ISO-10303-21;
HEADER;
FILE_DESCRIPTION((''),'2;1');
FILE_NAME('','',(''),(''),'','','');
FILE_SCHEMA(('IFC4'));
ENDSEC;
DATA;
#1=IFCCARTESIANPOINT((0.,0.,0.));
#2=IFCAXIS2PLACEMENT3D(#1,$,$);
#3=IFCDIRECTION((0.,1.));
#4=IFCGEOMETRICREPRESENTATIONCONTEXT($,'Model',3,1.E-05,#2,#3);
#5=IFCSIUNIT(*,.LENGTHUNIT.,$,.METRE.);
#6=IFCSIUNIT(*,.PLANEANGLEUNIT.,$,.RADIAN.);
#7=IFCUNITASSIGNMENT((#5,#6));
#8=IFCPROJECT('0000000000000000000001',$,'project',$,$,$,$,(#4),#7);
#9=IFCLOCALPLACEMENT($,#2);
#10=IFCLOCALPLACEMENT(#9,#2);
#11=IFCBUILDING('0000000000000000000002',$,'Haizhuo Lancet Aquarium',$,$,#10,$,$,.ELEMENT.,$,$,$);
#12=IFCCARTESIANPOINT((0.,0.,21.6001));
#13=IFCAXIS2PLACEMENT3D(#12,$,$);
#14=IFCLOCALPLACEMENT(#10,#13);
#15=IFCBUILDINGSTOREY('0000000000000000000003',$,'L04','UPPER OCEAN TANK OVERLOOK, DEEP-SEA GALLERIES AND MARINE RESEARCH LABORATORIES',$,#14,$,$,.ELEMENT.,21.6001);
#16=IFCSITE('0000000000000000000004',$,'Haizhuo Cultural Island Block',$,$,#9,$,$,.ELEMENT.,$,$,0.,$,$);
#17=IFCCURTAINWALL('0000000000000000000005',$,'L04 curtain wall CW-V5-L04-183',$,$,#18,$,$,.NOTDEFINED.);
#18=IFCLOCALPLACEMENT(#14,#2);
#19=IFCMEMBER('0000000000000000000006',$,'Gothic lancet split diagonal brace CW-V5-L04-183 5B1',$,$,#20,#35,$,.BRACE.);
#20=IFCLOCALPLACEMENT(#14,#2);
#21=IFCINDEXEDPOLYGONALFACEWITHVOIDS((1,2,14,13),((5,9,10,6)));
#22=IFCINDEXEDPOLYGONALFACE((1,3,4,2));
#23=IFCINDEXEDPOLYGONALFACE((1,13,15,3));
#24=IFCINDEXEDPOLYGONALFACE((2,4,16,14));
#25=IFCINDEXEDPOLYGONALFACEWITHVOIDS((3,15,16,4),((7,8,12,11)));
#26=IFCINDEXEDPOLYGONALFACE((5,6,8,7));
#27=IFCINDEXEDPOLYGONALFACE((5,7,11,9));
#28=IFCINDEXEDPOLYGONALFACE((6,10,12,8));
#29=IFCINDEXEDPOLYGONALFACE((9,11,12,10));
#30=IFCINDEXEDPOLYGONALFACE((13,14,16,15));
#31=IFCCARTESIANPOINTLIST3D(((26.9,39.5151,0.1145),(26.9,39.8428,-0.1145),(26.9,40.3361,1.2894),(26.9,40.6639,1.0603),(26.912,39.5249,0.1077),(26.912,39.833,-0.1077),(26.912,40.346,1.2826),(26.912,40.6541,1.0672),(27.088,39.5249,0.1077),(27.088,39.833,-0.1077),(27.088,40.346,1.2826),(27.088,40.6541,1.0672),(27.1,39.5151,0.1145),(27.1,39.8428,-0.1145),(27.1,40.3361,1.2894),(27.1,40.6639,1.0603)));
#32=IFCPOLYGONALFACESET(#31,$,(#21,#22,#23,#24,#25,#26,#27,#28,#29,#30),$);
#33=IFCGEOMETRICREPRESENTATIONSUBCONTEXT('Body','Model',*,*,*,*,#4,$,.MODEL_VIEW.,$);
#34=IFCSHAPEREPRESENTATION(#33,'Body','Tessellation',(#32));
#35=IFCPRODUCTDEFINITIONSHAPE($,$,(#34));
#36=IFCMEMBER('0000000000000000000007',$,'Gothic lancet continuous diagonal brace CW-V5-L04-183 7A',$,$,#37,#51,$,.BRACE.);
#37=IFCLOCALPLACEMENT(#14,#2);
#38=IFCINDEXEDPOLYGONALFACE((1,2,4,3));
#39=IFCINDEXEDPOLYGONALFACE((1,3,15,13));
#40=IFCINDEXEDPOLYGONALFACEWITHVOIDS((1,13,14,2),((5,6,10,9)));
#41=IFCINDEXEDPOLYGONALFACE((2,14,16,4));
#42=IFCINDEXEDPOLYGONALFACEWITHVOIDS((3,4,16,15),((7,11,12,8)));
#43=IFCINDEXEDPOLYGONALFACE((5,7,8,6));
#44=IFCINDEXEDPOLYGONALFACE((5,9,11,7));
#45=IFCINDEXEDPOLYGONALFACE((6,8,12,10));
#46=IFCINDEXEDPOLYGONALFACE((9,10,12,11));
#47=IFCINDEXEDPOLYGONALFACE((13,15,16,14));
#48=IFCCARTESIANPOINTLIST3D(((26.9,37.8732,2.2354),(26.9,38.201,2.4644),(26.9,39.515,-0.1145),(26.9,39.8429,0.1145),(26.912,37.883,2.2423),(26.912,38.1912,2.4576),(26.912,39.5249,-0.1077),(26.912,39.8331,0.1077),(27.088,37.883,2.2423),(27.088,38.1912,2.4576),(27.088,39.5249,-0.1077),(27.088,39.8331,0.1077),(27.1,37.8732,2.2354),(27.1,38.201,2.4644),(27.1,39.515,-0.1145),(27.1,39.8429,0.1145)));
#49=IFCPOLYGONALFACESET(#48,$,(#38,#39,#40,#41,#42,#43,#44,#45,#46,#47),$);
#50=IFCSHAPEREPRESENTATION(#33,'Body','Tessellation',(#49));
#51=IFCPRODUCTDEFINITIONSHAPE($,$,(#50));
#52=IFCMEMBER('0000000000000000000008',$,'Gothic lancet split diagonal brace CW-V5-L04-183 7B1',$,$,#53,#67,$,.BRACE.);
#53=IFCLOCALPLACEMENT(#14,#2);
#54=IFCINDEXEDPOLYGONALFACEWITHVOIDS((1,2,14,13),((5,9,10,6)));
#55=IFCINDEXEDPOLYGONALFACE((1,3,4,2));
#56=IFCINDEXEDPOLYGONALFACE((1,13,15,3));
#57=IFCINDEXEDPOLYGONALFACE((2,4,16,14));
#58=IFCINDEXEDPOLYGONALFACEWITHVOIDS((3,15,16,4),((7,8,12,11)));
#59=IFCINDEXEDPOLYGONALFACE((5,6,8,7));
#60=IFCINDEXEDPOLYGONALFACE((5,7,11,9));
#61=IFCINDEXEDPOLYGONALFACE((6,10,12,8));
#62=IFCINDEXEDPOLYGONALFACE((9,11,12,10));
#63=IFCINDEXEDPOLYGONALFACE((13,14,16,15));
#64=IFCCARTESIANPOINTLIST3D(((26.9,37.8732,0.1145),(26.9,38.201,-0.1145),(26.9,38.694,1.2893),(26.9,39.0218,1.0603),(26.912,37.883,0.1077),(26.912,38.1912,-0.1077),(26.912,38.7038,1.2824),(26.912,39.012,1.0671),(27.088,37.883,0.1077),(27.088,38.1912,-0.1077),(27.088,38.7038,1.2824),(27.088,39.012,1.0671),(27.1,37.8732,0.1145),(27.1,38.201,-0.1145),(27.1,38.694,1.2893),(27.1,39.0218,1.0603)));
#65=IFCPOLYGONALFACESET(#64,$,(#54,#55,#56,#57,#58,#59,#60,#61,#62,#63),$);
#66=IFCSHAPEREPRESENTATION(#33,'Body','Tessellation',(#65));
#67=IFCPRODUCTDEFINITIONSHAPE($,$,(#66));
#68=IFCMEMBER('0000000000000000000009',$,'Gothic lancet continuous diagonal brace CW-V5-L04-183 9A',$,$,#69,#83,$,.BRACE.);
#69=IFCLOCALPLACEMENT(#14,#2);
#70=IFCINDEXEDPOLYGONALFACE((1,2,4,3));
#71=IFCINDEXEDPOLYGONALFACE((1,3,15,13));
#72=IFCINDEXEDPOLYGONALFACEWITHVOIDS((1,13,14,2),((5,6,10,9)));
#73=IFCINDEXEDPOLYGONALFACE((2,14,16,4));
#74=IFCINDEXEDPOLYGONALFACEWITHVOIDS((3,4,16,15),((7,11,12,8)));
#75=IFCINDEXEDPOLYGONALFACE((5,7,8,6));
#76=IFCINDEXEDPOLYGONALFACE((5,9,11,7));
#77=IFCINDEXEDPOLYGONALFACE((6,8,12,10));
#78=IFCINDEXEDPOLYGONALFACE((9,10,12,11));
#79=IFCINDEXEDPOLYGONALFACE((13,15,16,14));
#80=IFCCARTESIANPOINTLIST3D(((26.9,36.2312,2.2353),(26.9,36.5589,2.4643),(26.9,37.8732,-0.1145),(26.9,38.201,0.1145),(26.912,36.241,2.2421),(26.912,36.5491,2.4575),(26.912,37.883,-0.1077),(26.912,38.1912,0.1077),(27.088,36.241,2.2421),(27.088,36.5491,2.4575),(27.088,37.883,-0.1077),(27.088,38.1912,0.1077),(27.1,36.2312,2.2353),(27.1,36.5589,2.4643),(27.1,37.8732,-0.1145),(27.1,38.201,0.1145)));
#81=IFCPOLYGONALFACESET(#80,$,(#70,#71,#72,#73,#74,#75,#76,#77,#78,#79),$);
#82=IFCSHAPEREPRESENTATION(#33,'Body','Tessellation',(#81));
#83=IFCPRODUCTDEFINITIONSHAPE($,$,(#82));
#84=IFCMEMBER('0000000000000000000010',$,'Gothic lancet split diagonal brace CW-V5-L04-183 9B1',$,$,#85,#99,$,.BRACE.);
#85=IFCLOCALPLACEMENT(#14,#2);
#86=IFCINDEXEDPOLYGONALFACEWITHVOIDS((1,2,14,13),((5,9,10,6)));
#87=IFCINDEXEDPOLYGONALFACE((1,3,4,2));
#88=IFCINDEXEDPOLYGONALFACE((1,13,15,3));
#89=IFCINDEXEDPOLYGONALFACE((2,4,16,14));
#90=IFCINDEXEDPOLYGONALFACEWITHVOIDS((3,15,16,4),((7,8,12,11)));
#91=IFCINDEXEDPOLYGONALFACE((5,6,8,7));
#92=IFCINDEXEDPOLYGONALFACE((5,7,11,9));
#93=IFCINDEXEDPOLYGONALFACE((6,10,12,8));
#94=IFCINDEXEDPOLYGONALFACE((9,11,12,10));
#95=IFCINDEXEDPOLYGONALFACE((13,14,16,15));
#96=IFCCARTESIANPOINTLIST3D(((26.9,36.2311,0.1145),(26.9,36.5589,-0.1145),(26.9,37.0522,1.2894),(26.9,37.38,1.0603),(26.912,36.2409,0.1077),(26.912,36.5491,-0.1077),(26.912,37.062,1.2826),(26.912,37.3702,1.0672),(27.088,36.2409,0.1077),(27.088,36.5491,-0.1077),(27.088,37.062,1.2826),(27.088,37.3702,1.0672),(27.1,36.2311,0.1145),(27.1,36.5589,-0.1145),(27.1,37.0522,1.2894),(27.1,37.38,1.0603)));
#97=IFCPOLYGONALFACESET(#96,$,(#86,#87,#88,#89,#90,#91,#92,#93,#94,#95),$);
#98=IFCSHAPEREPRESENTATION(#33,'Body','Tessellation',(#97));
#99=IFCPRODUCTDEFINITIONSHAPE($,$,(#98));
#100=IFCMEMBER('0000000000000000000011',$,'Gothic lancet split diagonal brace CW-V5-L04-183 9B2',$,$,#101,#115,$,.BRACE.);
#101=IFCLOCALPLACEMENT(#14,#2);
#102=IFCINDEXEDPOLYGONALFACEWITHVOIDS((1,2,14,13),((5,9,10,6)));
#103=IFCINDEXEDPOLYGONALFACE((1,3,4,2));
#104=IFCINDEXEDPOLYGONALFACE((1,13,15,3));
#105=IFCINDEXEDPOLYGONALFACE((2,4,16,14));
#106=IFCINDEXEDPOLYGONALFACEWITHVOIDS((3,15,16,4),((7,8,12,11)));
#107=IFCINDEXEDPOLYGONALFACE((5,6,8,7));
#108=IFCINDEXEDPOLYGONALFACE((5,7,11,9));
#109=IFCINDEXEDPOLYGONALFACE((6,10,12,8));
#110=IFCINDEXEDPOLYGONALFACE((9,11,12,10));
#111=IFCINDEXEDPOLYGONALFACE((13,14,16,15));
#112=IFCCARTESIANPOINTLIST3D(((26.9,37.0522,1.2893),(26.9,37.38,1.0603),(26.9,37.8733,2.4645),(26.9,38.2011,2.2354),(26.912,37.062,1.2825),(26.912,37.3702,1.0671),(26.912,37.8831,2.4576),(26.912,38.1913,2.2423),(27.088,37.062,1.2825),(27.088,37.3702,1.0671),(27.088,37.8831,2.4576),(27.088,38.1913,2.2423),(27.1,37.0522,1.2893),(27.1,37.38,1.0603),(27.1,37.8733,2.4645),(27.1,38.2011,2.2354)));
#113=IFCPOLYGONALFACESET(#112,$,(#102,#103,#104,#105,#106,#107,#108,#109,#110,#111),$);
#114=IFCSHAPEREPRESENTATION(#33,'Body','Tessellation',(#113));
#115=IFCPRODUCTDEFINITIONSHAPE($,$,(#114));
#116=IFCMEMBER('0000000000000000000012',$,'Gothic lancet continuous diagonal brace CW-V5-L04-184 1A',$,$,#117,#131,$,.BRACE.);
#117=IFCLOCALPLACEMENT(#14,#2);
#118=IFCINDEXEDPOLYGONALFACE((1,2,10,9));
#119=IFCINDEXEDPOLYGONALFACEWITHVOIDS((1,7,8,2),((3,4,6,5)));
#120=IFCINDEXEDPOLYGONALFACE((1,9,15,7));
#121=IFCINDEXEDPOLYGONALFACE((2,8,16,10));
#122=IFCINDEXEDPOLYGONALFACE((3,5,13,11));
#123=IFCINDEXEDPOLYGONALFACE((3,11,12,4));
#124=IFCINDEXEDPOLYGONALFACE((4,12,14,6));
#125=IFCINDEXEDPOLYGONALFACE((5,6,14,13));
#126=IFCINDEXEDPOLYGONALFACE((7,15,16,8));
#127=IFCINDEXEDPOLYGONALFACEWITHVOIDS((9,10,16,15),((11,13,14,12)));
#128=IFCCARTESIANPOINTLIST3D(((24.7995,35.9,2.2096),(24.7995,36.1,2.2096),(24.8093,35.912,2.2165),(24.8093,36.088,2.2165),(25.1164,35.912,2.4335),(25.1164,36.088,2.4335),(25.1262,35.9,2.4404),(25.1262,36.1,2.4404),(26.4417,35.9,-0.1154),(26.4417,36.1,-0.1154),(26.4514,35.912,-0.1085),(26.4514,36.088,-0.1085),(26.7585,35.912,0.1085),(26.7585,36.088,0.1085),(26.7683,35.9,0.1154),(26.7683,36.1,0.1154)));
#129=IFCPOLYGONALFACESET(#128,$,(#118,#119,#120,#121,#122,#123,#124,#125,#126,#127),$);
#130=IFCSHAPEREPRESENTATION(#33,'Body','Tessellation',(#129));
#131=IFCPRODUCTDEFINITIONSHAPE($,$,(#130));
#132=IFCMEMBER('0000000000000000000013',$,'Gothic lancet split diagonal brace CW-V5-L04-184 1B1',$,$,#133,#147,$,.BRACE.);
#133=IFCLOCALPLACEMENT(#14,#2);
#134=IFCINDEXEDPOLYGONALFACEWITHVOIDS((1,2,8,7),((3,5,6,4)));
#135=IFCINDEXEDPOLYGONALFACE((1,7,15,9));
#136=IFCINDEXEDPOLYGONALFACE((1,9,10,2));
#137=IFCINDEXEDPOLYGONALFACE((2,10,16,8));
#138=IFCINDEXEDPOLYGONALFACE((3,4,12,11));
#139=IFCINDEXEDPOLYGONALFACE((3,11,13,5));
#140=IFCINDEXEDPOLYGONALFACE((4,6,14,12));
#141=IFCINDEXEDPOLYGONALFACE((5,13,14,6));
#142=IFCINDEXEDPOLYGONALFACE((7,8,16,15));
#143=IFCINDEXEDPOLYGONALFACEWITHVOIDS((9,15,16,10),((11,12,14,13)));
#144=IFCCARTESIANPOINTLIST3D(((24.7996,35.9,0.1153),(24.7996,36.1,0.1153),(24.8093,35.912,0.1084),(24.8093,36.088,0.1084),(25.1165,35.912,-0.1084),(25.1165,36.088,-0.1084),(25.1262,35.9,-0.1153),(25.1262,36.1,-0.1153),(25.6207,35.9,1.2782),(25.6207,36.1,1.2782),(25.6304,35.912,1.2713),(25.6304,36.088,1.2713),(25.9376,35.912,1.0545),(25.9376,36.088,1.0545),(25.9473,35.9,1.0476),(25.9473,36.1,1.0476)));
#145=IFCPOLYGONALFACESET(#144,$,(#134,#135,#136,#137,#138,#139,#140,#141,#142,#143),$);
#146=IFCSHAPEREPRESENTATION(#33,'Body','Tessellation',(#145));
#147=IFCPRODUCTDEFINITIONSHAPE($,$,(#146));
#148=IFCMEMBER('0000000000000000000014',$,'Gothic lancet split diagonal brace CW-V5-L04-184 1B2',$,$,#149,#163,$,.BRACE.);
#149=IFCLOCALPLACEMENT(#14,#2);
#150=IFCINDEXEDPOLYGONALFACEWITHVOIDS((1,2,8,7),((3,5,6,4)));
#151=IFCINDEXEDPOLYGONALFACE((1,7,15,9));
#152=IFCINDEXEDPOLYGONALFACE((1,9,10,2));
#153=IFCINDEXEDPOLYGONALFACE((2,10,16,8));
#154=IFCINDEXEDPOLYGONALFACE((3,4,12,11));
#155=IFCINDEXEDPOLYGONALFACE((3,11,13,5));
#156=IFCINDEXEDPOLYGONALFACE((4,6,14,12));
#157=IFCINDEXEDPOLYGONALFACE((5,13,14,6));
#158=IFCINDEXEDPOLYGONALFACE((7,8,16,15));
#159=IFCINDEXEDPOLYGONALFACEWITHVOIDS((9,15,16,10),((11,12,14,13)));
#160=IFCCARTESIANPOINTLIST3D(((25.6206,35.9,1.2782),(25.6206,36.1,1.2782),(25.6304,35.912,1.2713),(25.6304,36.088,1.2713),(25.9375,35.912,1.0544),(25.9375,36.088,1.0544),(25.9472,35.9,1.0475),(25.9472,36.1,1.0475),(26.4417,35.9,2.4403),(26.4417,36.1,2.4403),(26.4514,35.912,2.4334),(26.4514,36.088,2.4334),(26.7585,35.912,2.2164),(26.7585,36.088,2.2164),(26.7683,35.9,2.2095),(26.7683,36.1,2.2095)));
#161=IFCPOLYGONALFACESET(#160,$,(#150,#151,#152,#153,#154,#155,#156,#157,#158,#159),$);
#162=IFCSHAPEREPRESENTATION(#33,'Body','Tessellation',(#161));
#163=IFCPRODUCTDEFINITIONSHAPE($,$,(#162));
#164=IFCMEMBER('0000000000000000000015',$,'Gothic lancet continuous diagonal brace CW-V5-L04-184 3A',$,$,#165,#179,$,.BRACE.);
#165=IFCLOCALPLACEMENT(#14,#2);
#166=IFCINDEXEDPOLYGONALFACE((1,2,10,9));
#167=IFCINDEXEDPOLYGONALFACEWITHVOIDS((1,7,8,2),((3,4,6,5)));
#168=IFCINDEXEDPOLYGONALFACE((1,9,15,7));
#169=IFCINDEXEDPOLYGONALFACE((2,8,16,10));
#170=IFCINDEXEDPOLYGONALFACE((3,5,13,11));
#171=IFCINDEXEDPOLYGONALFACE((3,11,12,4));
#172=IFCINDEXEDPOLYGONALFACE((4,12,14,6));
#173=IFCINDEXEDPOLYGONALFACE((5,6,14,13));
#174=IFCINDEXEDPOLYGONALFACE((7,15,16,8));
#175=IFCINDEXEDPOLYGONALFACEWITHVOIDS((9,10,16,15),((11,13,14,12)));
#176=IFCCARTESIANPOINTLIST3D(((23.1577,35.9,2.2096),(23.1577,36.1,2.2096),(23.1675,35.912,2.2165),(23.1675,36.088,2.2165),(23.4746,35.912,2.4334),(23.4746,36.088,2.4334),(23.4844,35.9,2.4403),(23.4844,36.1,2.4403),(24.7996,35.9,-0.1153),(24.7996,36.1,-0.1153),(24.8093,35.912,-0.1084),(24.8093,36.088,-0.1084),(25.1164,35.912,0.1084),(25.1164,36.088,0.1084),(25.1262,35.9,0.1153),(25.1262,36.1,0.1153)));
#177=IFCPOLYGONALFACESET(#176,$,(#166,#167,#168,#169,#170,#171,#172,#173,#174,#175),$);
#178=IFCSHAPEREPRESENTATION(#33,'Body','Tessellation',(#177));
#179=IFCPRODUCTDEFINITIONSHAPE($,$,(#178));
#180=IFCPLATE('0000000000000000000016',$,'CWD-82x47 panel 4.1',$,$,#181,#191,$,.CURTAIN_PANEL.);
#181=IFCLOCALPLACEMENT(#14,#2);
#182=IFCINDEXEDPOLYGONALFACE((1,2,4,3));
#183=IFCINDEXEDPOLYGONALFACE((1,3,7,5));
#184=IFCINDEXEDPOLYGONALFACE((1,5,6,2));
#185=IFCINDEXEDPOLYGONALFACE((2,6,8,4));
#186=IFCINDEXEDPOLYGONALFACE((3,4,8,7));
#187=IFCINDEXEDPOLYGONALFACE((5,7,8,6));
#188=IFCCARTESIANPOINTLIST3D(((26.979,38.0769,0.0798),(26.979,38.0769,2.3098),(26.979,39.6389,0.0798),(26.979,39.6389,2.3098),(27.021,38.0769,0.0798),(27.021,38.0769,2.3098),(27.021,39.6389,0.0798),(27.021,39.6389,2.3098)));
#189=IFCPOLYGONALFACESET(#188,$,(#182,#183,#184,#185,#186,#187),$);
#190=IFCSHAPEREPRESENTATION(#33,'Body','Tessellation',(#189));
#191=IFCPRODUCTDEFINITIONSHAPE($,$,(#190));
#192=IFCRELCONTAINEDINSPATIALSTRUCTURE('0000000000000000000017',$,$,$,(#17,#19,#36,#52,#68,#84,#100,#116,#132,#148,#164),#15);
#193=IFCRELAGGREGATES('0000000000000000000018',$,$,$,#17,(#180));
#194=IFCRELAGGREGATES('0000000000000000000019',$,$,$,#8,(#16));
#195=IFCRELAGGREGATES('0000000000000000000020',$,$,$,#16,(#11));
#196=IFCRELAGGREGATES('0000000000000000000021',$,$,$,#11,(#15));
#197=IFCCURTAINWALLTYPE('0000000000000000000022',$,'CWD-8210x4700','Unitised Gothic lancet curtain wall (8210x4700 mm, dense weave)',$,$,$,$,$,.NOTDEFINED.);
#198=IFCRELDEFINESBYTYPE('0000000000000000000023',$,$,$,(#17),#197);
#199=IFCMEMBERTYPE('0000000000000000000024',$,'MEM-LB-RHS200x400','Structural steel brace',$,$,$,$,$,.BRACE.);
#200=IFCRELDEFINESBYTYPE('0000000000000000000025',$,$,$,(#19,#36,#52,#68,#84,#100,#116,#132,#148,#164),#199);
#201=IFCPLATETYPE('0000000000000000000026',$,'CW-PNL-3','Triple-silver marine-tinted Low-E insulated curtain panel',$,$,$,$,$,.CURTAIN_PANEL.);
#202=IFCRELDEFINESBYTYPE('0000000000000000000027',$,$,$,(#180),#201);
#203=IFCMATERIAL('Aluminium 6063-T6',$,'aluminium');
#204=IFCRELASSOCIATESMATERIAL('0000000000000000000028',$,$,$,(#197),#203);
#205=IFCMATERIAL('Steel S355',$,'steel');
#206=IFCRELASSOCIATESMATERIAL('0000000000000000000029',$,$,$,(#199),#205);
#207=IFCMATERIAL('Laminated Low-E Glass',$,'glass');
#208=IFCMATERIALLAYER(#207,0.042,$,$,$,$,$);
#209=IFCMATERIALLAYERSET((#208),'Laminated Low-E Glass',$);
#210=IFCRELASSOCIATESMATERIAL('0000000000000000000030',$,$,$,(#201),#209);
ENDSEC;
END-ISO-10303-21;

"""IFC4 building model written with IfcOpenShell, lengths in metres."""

from ifc_helpers import new_model, si_unit, direction, frame, origin, origin_2d, place, context, subcontext, project, spatial, rectangle, hollow_rectangle, extrude, material, layer, layer_set, material_profile, profile_set, type_object, element, aggregate, save


model = new_model("IFC4")

# Units and contexts
model_context = context("Model", 3, precision=1e-05, world=origin(), true_north=direction((0.0, 1.0)))
body_context = subcontext(model_context, "Body", "Model", "MODEL_VIEW")
ifc_project = project(units=[si_unit("LENGTHUNIT", "METRE"), si_unit("PLANEANGLEUNIT", "RADIAN")], contexts=[model_context])

# Site, building, storey
site_placement = place(None, origin())
site = spatial("IfcSite", under=ifc_project, at=site_placement, Name="Haizhuo Cultural Island Block", CompositionType="ELEMENT", RefElevation=0.0)
building_placement = place(site_placement, origin())
building = spatial("IfcBuilding", under=site, at=building_placement, Name="Haizhuo Lancet Aquarium", CompositionType="ELEMENT")
storey_placement = place(building_placement, frame((0.0, 0.0, 21.6001)))
storey = spatial("IfcBuildingStorey", under=building, at=storey_placement, Name="L04", Description="UPPER OCEAN TANK OVERLOOK, DEEP-SEA GALLERIES AND MARINE RESEARCH LABORATORIES", CompositionType="ELEMENT", Elevation=21.6001)

# Curtain wall
ifc_material_1 = material(Name="Aluminium 6063-T6", Category="aluminium")
curtain_wall_type_1 = type_object("IfcCurtainWallType", Name="CWD-8210x4700", Description="Unitised Gothic lancet curtain wall (8210x4700 mm, dense weave)", PredefinedType="NOTDEFINED", material=ifc_material_1)
curtain_wall_1_placement = place(storey_placement, origin())
curtain_wall_1 = element("IfcCurtainWall", 1, at=curtain_wall_1_placement, inside=storey, type_object=curtain_wall_type_1, Name="L04 curtain wall CW-V5-L04-183", PredefinedType="NOTDEFINED")

# Members
ifc_material_2 = material(Name="Steel S355", Category="steel")
ifc_material_profile_1 = material_profile(ifc_material_2, hollow_rectangle(XDim=0.2, YDim=0.3999, WallThickness=0.012, at=origin_2d()), Name="RHS 200x400x12")
ifc_profile_set_1 = profile_set([ifc_material_profile_1], Name="Steel S355")
member_type_1 = type_object("IfcMemberType", Name="MEM-LB-RHS200x400", Description="Structural steel brace", PredefinedType="BRACE", material=ifc_profile_set_1)
member_1_placement = place(storey_placement, frame((27.0, 39.679, 0.0), z_axis=(0.0, 0.572845, 0.819664), x_axis=(-1.0, 0.0, 0.0)))
element("IfcMember", 2, at=member_1_placement, inside=storey, type_object=member_type_1, Name="Gothic lancet split diagonal brace CW-V5-L04-183 5B1", PredefinedType="BRACE", context=body_context, shape_type="SweptSolid", body=[
    extrude(hollow_rectangle(XDim=0.2, YDim=0.3999, WallThickness=0.012, at=origin_2d()), origin(), (0.0, 0.0, 1.0), 1.4333),
])
member_2_placement = place(storey_placement, frame((27.0, 39.679, 0.0), z_axis=(0.0, -0.572748, 0.819732), x_axis=(1.0, 0.0, 0.0)))
element("IfcMember", 3, at=member_2_placement, inside=storey, type_object=member_type_1, Name="Gothic lancet continuous diagonal brace CW-V5-L04-183 7A", PredefinedType="BRACE", context=body_context, shape_type="SweptSolid", body=[
    extrude(hollow_rectangle(XDim=0.2, YDim=0.3999, WallThickness=0.012, at=origin_2d()), origin(), (0.0, 0.0, 1.0), 2.8667),
])
member_3_placement = place(storey_placement, frame((27.0, 38.0371, 0.0), z_axis=(0.0, 0.57273, 0.819744), x_axis=(-1.0, 0.0, 0.0)))
element("IfcMember", 4, at=member_3_placement, inside=storey, type_object=member_type_1, Name="Gothic lancet split diagonal brace CW-V5-L04-183 7B1", PredefinedType="BRACE", context=body_context, shape_type="SweptSolid", body=[
    extrude(hollow_rectangle(XDim=0.2, YDim=0.3999, WallThickness=0.012, at=origin_2d()), origin(), (0.0, 0.0, 1.0), 1.4331),
])
member_4_placement = place(storey_placement, frame((27.0, 38.0371, 0.0), z_axis=(0.0, -0.572805, 0.819692), x_axis=(1.0, 0.0, 0.0)))
element("IfcMember", 5, at=member_4_placement, inside=storey, type_object=member_type_1, Name="Gothic lancet continuous diagonal brace CW-V5-L04-183 9A", PredefinedType="BRACE", context=body_context, shape_type="SweptSolid", body=[
    extrude(hollow_rectangle(XDim=0.2, YDim=0.3999, WallThickness=0.012, at=origin_2d()), origin(), (0.0, 0.0, 1.0), 2.8667),
])
member_5_placement = place(storey_placement, frame((27.0, 36.395, 0.0), z_axis=(0.0, 0.572845, 0.819664), x_axis=(-1.0, 0.0, 0.0)))
element("IfcMember", 6, at=member_5_placement, inside=storey, type_object=member_type_1, Name="Gothic lancet split diagonal brace CW-V5-L04-183 9B1", PredefinedType="BRACE", context=body_context, shape_type="SweptSolid", body=[
    extrude(hollow_rectangle(XDim=0.2, YDim=0.3999, WallThickness=0.012, at=origin_2d()), origin(), (0.0, 0.0, 1.0), 1.4333),
])
member_6_placement = place(storey_placement, frame((27.0, 37.2161, 1.1748), z_axis=(0.0, 0.572765, 0.81972), x_axis=(-1.0, 0.0, 0.0)))
element("IfcMember", 7, at=member_6_placement, inside=storey, type_object=member_type_1, Name="Gothic lancet split diagonal brace CW-V5-L04-183 9B2", PredefinedType="BRACE", context=body_context, shape_type="SweptSolid", body=[
    extrude(hollow_rectangle(XDim=0.2, YDim=0.3999, WallThickness=0.012, at=origin_2d()), origin(), (0.0, 0.0, 1.0), 1.4336),
])
member_7_placement = place(storey_placement, frame((26.605, 36.0, 0.0), z_axis=(-0.576905, 0.0, 0.816811), x_axis=(0.0, -1.0, 0.0)))
element("IfcMember", 8, at=member_7_placement, inside=storey, type_object=member_type_1, Name="Gothic lancet continuous diagonal brace CW-V5-L04-184 1A", PredefinedType="BRACE", context=body_context, shape_type="SweptSolid", body=[
    extrude(hollow_rectangle(XDim=0.2, YDim=0.3999, WallThickness=0.012, at=origin_2d()), origin(), (0.0, 0.0, 1.0), 2.8464),
])
member_8_placement = place(storey_placement, frame((24.9629, 36.0, 0.0), z_axis=(0.576784, 0.0, 0.816897), x_axis=(0.0, 1.0, 0.0)))
element("IfcMember", 9, at=member_8_placement, inside=storey, type_object=member_type_1, Name="Gothic lancet split diagonal brace CW-V5-L04-184 1B1", PredefinedType="BRACE", context=body_context, shape_type="SweptSolid", body=[
    extrude(hollow_rectangle(XDim=0.2, YDim=0.3999, WallThickness=0.012, at=origin_2d()), origin(), (0.0, 0.0, 1.0), 1.4236),
])
member_9_placement = place(storey_placement, frame((25.7839, 36.0, 1.1628), z_axis=(0.577027, 0.0, 0.816725), x_axis=(0.0, 1.0, 0.0)))
element("IfcMember", 10, at=member_9_placement, inside=storey, type_object=member_type_1, Name="Gothic lancet split diagonal brace CW-V5-L04-184 1B2", PredefinedType="BRACE", context=body_context, shape_type="SweptSolid", body=[
    extrude(hollow_rectangle(XDim=0.2, YDim=0.3999, WallThickness=0.012, at=origin_2d()), origin(), (0.0, 0.0, 1.0), 1.4229),
])
member_10_placement = place(storey_placement, frame((24.9629, 36.0, 0.0), z_axis=(-0.576848, 0.0, 0.816851), x_axis=(0.0, -1.0, 0.0)))
element("IfcMember", 11, at=member_10_placement, inside=storey, type_object=member_type_1, Name="Gothic lancet continuous diagonal brace CW-V5-L04-184 3A", PredefinedType="BRACE", context=body_context, shape_type="SweptSolid", body=[
    extrude(hollow_rectangle(XDim=0.2, YDim=0.3999, WallThickness=0.012, at=origin_2d()), origin(), (0.0, 0.0, 1.0), 2.8462),
])

# Plate
ifc_material_3 = material(Name="Laminated Low-E Glass", Category="glass")
ifc_layer_1 = layer(ifc_material_3, 0.042)
ifc_layer_set_1 = layer_set([ifc_layer_1], Name="Laminated Low-E Glass")
plate_type_1 = type_object("IfcPlateType", Name="CW-PNL-3", Description="Triple-silver marine-tinted Low-E insulated curtain panel", PredefinedType="CURTAIN_PANEL", material=ifc_layer_set_1)
plate_1_placement = place(storey_placement, frame((27.0, 38.8579, 0.0798), z_axis=(0.0, 0.0, 1.0), x_axis=(0.0, -1.0, 0.0)))
plate_1 = element("IfcPlate", 12, at=plate_1_placement, type_object=plate_type_1, Name="CWD-82x47 panel 4.1", PredefinedType="CURTAIN_PANEL", context=body_context, shape_type="SweptSolid", body=[
    extrude(rectangle(XDim=1.562, YDim=0.042, at=origin_2d()), origin(), (0.0, 0.0, 1.0), 2.23),
])
aggregate(curtain_wall_1, [plate_1])

save(model, "model.ifc")
